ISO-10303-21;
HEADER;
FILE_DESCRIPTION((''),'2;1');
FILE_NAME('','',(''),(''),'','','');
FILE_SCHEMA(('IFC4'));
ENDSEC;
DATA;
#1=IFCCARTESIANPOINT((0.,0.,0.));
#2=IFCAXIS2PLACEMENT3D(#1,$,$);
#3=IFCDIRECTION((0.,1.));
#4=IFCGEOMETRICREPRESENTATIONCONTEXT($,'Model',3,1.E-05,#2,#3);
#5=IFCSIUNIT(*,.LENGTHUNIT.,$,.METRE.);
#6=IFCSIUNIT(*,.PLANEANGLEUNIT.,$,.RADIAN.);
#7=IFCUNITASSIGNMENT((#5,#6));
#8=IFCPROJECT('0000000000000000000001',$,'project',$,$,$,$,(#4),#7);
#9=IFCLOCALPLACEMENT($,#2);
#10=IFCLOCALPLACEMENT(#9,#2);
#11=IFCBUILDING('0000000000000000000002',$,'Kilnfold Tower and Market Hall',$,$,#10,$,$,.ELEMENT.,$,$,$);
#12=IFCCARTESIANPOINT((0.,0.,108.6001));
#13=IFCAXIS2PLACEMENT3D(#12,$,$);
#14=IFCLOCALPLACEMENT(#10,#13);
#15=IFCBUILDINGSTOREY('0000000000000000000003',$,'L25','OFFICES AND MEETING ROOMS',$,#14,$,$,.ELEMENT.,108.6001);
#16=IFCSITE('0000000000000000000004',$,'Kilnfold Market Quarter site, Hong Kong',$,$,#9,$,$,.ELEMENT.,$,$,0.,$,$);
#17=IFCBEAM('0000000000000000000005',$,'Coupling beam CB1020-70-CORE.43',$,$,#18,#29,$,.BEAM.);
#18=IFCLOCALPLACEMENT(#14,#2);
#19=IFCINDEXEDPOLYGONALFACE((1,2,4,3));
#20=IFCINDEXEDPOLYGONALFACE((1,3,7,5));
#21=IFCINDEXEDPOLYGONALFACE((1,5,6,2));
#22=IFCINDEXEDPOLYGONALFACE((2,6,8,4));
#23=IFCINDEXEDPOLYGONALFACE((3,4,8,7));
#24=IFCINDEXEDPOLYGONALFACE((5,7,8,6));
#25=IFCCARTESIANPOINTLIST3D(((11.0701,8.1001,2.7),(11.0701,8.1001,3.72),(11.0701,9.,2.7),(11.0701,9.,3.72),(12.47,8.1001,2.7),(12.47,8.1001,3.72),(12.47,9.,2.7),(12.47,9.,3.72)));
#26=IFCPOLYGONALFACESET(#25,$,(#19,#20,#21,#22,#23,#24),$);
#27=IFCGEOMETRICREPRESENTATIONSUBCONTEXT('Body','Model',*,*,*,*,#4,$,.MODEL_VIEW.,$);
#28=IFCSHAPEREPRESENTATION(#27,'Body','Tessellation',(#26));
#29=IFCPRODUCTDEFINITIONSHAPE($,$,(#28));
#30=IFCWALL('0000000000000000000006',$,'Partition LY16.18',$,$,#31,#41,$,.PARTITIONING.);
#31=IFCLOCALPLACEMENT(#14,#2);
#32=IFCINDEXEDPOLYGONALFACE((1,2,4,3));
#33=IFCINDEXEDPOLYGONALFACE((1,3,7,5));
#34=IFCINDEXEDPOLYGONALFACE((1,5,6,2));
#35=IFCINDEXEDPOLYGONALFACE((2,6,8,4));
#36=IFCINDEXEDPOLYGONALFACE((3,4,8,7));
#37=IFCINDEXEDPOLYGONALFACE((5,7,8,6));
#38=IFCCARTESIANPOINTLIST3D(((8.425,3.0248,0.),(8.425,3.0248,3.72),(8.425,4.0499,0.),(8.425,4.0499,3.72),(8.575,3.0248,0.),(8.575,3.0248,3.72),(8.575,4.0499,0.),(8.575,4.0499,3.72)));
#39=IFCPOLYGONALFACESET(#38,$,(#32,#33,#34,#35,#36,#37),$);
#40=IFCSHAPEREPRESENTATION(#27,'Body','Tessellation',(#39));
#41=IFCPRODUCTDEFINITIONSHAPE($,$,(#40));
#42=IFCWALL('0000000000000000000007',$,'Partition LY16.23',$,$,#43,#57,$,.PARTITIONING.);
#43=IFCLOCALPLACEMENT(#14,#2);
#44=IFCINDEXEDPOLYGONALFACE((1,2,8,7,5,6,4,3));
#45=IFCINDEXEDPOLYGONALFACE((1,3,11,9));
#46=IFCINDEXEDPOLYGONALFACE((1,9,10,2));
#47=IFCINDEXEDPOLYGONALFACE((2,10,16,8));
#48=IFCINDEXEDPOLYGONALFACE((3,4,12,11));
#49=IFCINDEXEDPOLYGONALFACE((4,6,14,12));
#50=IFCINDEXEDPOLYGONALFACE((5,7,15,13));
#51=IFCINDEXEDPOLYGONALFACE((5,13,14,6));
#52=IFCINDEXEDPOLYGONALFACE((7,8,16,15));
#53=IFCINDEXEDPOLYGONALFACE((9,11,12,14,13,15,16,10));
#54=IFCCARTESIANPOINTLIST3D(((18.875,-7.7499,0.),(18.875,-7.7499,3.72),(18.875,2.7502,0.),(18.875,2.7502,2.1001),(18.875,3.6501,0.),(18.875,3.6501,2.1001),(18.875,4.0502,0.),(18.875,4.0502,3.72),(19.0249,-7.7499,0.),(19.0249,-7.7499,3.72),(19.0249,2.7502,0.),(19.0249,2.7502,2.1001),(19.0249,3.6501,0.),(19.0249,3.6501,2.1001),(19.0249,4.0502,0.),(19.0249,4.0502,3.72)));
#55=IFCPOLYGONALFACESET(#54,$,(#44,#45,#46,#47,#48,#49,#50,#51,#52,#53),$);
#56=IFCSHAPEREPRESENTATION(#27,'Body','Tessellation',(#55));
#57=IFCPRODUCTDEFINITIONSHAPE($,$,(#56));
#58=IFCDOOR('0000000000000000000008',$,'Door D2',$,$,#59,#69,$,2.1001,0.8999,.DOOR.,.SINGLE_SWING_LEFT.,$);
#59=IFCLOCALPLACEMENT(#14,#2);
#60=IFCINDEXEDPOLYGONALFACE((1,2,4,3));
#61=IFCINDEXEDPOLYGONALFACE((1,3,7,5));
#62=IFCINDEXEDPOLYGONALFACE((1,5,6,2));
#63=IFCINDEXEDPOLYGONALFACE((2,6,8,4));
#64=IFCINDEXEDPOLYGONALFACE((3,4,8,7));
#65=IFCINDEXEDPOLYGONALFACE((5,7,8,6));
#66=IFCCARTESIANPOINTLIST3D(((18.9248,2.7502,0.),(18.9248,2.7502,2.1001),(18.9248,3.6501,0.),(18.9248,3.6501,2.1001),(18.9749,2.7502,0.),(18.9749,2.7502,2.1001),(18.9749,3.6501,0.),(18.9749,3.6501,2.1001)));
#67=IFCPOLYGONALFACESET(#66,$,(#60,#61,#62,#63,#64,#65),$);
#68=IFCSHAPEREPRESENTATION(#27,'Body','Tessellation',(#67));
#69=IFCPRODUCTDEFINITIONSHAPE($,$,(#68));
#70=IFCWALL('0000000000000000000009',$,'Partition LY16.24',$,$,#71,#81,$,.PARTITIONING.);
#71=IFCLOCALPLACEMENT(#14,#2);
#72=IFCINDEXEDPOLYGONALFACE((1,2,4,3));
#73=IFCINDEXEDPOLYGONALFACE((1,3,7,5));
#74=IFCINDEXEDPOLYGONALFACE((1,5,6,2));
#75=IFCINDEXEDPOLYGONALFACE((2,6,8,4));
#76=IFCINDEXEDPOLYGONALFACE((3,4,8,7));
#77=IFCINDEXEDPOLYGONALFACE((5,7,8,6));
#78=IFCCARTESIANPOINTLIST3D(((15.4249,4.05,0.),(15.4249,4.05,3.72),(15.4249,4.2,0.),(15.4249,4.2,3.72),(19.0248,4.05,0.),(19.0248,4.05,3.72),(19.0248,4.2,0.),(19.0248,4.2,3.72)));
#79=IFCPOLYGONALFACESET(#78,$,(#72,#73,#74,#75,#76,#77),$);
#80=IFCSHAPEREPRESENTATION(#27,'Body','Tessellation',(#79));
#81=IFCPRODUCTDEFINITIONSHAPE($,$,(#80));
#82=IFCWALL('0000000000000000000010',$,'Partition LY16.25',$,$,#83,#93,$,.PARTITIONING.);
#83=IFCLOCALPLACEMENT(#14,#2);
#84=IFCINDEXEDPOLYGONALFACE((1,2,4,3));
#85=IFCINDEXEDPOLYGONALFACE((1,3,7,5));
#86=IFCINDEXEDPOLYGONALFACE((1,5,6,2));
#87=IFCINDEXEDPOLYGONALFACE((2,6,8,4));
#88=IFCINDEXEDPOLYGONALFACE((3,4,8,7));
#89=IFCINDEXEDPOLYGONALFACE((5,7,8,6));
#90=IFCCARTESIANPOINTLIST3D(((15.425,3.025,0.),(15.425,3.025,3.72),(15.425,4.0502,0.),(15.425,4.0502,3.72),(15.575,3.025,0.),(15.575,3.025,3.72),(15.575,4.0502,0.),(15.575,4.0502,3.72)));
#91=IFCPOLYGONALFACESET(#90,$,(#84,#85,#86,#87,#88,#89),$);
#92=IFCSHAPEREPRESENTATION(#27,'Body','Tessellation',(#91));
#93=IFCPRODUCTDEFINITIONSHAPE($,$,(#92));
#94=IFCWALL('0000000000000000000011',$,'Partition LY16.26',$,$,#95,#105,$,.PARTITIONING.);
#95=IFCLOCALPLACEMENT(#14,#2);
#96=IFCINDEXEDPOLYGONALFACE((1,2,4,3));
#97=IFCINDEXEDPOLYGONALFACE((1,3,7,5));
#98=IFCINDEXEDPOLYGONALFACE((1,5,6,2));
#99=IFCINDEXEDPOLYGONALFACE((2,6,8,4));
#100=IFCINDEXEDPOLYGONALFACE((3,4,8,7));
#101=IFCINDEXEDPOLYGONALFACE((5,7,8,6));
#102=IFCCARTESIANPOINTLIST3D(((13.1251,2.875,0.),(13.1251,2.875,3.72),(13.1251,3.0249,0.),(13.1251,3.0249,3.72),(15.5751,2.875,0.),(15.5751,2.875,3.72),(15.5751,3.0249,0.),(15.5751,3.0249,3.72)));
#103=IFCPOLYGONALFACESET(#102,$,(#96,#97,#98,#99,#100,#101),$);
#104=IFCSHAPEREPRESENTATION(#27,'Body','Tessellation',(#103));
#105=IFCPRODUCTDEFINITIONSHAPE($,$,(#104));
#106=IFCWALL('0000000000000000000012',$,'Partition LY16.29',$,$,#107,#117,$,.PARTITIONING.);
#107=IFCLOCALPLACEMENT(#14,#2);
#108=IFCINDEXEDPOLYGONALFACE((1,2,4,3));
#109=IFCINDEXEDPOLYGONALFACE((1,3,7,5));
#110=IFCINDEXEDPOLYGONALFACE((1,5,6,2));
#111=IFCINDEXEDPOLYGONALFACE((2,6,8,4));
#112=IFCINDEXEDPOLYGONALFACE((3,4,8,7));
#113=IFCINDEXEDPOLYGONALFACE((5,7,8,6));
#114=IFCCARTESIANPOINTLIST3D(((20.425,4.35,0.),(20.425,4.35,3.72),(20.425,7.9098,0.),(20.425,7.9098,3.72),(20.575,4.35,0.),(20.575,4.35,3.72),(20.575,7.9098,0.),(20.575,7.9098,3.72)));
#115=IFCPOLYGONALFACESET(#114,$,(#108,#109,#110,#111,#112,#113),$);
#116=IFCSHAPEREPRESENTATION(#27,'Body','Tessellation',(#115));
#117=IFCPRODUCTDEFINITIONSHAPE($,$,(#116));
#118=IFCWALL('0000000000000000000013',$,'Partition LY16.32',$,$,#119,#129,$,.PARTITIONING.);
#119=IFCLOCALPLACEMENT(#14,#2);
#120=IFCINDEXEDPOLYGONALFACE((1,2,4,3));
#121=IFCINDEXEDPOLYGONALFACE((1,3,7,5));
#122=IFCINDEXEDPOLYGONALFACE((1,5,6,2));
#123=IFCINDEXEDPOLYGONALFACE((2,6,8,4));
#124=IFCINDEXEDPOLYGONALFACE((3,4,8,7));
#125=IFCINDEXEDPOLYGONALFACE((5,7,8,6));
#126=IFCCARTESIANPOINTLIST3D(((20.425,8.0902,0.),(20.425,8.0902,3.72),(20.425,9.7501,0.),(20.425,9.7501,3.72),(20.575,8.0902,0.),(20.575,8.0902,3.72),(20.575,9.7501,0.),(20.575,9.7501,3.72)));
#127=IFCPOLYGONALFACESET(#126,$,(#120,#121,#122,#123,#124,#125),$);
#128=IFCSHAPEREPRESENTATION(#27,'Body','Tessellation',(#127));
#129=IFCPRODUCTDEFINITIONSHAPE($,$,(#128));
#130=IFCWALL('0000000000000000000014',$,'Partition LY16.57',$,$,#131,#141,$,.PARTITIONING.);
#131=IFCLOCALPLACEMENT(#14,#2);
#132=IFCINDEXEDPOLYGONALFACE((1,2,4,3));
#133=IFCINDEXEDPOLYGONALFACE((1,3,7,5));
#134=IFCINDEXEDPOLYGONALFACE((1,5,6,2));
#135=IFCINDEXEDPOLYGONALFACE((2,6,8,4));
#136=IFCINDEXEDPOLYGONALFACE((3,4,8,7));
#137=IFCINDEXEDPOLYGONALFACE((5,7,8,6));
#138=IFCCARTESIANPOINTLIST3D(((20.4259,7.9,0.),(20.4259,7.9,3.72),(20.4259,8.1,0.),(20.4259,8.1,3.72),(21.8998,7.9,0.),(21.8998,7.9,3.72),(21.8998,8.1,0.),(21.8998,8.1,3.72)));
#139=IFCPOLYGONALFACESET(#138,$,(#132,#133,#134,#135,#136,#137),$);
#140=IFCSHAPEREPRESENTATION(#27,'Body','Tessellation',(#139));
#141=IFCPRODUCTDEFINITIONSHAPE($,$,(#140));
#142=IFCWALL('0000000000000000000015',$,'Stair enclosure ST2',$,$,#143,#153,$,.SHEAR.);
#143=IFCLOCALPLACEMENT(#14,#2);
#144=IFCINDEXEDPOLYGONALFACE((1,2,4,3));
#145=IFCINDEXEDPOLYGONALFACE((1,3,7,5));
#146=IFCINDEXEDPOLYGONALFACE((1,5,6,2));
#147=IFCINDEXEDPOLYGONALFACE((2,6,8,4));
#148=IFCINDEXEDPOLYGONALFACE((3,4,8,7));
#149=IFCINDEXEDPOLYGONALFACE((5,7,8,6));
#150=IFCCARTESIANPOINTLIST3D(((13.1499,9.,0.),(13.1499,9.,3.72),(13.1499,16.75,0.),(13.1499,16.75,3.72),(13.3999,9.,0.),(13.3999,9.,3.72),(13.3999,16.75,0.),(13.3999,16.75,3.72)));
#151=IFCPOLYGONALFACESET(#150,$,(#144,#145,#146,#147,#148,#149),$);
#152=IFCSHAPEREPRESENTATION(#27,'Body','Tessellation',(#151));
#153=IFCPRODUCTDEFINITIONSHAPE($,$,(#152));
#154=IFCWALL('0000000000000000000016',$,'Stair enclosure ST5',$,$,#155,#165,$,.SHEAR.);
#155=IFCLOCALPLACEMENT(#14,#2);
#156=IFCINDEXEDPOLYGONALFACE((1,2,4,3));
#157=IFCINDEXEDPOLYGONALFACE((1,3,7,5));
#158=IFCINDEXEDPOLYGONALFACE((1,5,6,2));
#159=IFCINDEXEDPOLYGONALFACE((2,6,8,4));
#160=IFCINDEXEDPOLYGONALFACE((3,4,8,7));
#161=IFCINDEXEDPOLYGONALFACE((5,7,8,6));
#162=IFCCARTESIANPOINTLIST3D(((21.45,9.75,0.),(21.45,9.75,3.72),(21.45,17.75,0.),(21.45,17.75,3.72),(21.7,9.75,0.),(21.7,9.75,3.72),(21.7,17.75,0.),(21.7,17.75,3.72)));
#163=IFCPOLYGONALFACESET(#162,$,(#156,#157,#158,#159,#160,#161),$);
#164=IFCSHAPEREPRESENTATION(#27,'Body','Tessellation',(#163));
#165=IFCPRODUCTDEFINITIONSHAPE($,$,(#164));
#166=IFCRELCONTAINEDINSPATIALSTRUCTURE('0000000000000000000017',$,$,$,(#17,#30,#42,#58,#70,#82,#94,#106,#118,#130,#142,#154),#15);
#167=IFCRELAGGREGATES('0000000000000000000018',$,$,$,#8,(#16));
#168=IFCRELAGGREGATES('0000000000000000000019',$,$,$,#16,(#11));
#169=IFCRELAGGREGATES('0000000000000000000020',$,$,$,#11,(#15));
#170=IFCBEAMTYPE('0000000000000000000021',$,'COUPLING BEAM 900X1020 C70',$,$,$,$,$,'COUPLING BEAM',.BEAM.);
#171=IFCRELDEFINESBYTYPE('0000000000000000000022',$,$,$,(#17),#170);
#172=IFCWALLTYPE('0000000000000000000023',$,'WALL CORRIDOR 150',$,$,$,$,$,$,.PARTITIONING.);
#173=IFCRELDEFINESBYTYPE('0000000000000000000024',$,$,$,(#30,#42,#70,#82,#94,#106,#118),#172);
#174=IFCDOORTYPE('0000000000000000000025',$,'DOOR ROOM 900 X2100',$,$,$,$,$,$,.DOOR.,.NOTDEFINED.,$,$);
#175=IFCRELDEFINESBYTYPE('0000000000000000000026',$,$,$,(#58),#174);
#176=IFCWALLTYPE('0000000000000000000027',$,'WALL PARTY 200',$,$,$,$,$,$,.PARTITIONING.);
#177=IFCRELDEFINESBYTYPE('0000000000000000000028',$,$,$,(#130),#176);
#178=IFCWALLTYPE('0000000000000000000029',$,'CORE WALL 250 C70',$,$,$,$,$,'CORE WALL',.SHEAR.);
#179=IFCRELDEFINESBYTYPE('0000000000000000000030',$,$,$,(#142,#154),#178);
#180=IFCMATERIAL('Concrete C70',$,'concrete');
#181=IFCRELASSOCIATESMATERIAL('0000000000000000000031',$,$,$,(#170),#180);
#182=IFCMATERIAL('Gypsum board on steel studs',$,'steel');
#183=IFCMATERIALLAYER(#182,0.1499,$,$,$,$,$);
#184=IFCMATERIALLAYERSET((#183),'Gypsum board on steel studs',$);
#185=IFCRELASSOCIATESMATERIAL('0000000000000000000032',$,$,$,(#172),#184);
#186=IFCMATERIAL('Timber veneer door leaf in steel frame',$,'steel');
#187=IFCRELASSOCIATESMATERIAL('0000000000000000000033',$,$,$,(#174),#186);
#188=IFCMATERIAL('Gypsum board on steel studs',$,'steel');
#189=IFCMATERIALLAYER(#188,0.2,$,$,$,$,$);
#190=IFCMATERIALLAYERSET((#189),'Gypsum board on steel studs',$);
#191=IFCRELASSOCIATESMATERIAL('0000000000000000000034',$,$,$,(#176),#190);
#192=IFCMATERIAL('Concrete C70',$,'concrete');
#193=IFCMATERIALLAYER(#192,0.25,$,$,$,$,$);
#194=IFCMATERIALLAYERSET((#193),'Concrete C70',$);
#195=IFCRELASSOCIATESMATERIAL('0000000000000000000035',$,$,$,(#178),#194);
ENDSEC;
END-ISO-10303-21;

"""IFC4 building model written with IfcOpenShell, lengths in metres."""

from ifc_helpers import new_model, si_unit, direction, frame, frame_2d, origin, origin_2d, place, context, subcontext, project, spatial, rectangle, extrude, source, transform, mapped, material, layer, layer_set, material_profile, profile_set, type_object, element, fill, save


model = new_model("IFC4")

# Units and contexts
model_context = context("Model", 3, precision=1e-05, world=origin(), true_north=direction((0.0, 1.0)))
body_context = subcontext(model_context, "Body", "Model", "MODEL_VIEW")
ifc_project = project(units=[si_unit("LENGTHUNIT", "METRE"), si_unit("PLANEANGLEUNIT", "RADIAN")], contexts=[model_context])

# Site, building, storey
site_placement = place(None, origin())
site = spatial("IfcSite", under=ifc_project, at=site_placement, Name="Kilnfold Market Quarter site, Hong Kong", CompositionType="ELEMENT", RefElevation=0.0)
building_placement = place(site_placement, origin())
building = spatial("IfcBuilding", under=site, at=building_placement, Name="Kilnfold Tower and Market Hall", CompositionType="ELEMENT")
storey_placement = place(building_placement, frame((0.0, 0.0, 108.6001)))
storey = spatial("IfcBuildingStorey", under=building, at=storey_placement, Name="L25", Description="OFFICES AND MEETING ROOMS", CompositionType="ELEMENT", Elevation=108.6001)

# Beam
ifc_material_1 = material(Name="Concrete C70", Category="concrete")
ifc_material_profile = material_profile(ifc_material_1, rectangle(XDim=0.8999, YDim=1.02, at=origin_2d()), Name="RC 900x1020")
ifc_profile_set = profile_set([ifc_material_profile], Name="Concrete C70")
beam_type = type_object("IfcBeamType", Name="COUPLING BEAM 900X1020 C70", ElementType="COUPLING BEAM", PredefinedType="BEAM", material=ifc_profile_set)
shared_shape_1 = source(origin(), body_context, "Body", "SweptSolid", [
    extrude(rectangle(XDim=0.8999, YDim=1.02, at=origin_2d()), origin(), (0.0, 0.0, 1.0), 1.3999),
])
beam_placement = place(storey_placement, frame((11.0701, 8.55, 3.21), z_axis=(1.0, 0.0, 0.0), x_axis=(0.0, 1.0, 0.0)))
element("IfcBeam", 1, at=beam_placement, inside=storey, type_object=beam_type, Name="Coupling beam CB1020-70-CORE.43", PredefinedType="BEAM", context=body_context, shape_type="MappedRepresentation", body=[
    mapped(shared_shape_1, transform((0.0, 0.0, 0.0))),
])

# Wall
ifc_material_2 = material(Name="Gypsum board on steel studs", Category="steel")
ifc_layer_1 = layer(ifc_material_2, 0.1499)
ifc_layer_set_1 = layer_set([ifc_layer_1], Name="Gypsum board on steel studs")
wall_type_1 = type_object("IfcWallType", Name="WALL CORRIDOR 150", PredefinedType="PARTITIONING", material=ifc_layer_set_1)
wall_1_placement = place(storey_placement, frame((8.5, 4.05, 0.0), z_axis=(0.0, 0.0, 1.0), x_axis=(0.0, -1.0, 0.0)))
element("IfcWall", 2, at=wall_1_placement, inside=storey, type_object=wall_type_1, Name="Partition LY16.18", PredefinedType="PARTITIONING", context=body_context, shape_type="SweptSolid", body=[
    extrude(rectangle(XDim=1.0251, YDim=0.1499, at=frame_2d((0.5127, 0.0))), origin(), (0.0, 0.0, 1.0), 3.72),
])

# Wall, opening, door
wall_2_placement = place(storey_placement, frame((18.95, 4.05, 0.0), z_axis=(0.0, 0.0, 1.0), x_axis=(0.0, -1.0, 0.0)))
wall_2 = element("IfcWall", 3, at=wall_2_placement, inside=storey, type_object=wall_type_1, Name="Partition LY16.23", PredefinedType="PARTITIONING", context=body_context, shape_type="SweptSolid", body=[
    extrude(rectangle(XDim=11.8, YDim=0.1499, at=frame_2d((5.8999, 0.0))), origin(), (0.0, 0.0, 1.0), 3.72),
])
opening_1_placement = place(wall_2_placement, frame((0.3999, 0.0, 0.0)))
opening_1 = element("IfcOpeningElement", 4, at=opening_1_placement, cuts=wall_2, PredefinedType="OPENING", context=body_context, shape_type="SweptSolid", body=[
    extrude(rectangle(XDim=0.8999, YDim=2.1001, at=frame_2d((0.45, 1.05))), frame((0.0, 0.085, 0.0), z_axis=(0.0, -1.0, 0.0), x_axis=(1.0, 0.0, 0.0)), (0.0, 0.0, 1.0), 0.1699),
])
ifc_material_3 = material(Name="Timber veneer door leaf in steel frame", Category="steel")
door_type_1 = type_object("IfcDoorType", Name="DOOR ROOM 900 X2100", OperationType="NOTDEFINED", PredefinedType="DOOR", material=ifc_material_3)
door_1_placement = place(opening_1_placement, origin())
door_1 = element("IfcDoor", 5, at=door_1_placement, inside=storey, type_object=door_type_1, Name="Door D2", OperationType="SINGLE_SWING_LEFT", OverallHeight=2.1001, OverallWidth=0.8999, PredefinedType="DOOR", context=body_context, shape_type="SweptSolid", body=[
    extrude(rectangle(XDim=0.8999, YDim=2.1001, at=frame_2d((0.45, 1.05))), frame((0.0, 0.0249, 0.0), z_axis=(0.0, -1.0, 0.0), x_axis=(1.0, 0.0, 0.0)), (0.0, 0.0, 1.0), 0.05),
])
fill(opening_1, door_1)

# Walls
wall_3_placement = place(storey_placement, frame((15.425, 4.125, 0.0), z_axis=(0.0, 0.0, 1.0), x_axis=(1.0, 0.0, 0.0)))
element("IfcWall", 6, at=wall_3_placement, inside=storey, type_object=wall_type_1, Name="Partition LY16.24", PredefinedType="PARTITIONING", context=body_context, shape_type="SweptSolid", body=[
    extrude(rectangle(XDim=3.5999, YDim=0.1499, at=frame_2d((1.7998, 0.0))), origin(), (0.0, 0.0, 1.0), 3.72),
])
wall_4_placement = place(storey_placement, frame((15.5, 3.0249, 0.0), z_axis=(0.0, 0.0, 1.0), x_axis=(0.0, 1.0, 0.0)))
element("IfcWall", 7, at=wall_4_placement, inside=storey, type_object=wall_type_1, Name="Partition LY16.25", PredefinedType="PARTITIONING", context=body_context, shape_type="SweptSolid", body=[
    extrude(rectangle(XDim=1.0251, YDim=0.1499, at=frame_2d((0.5127, 0.0))), origin(), (0.0, 0.0, 1.0), 3.72),
])
wall_5_placement = place(storey_placement, frame((13.125, 2.95, 0.0), z_axis=(0.0, 0.0, 1.0), x_axis=(1.0, 0.0, 0.0)))
element("IfcWall", 8, at=wall_5_placement, inside=storey, type_object=wall_type_1, Name="Partition LY16.26", PredefinedType="PARTITIONING", context=body_context, shape_type="SweptSolid", body=[
    extrude(rectangle(XDim=2.45, YDim=0.1499, at=frame_2d((1.2251, 0.0))), origin(), (0.0, 0.0, 1.0), 3.72),
])
wall_6_placement = place(storey_placement, frame((20.5, 4.3501, 0.0), z_axis=(0.0, 0.0, 1.0), x_axis=(0.0, 1.0, 0.0)))
element("IfcWall", 9, at=wall_6_placement, inside=storey, type_object=wall_type_1, Name="Partition LY16.29", PredefinedType="PARTITIONING", context=body_context, shape_type="SweptSolid", body=[
    extrude(rectangle(XDim=3.5598, YDim=0.1499, at=frame_2d((1.7798, 0.0))), origin(), (0.0, 0.0, 1.0), 3.72),
])
wall_7_placement = place(storey_placement, frame((20.5, 8.0901, 0.0), z_axis=(0.0, 0.0, 1.0), x_axis=(0.0, 1.0, 0.0)))
element("IfcWall", 10, at=wall_7_placement, inside=storey, type_object=wall_type_1, Name="Partition LY16.32", PredefinedType="PARTITIONING", context=body_context, shape_type="SweptSolid", body=[
    extrude(rectangle(XDim=1.6599, YDim=0.1499, at=frame_2d((0.8301, 0.0))), origin(), (0.0, 0.0, 1.0), 3.72),
])
ifc_material_4 = material(Name="Gypsum board on steel studs", Category="steel")
ifc_layer_2 = layer(ifc_material_4, 0.2)
ifc_layer_set_2 = layer_set([ifc_layer_2], Name="Gypsum board on steel studs")
wall_type_2 = type_object("IfcWallType", Name="WALL PARTY 200", PredefinedType="PARTITIONING", material=ifc_layer_set_2)
wall_8_placement = place(storey_placement, frame((20.426, 8.0, 0.0), z_axis=(0.0, 0.0, 1.0), x_axis=(1.0, 0.0, 0.0)))
element("IfcWall", 11, at=wall_8_placement, inside=storey, type_object=wall_type_2, Name="Partition LY16.57", PredefinedType="PARTITIONING", context=body_context, shape_type="SweptSolid", body=[
    extrude(rectangle(XDim=1.4739, YDim=0.2, at=frame_2d((0.7368, 0.0))), origin(), (0.0, 0.0, 1.0), 3.72),
])
ifc_material_5 = material(Name="Concrete C70", Category="concrete")
ifc_layer_3 = layer(ifc_material_5, 0.25)
ifc_layer_set_3 = layer_set([ifc_layer_3], Name="Concrete C70")
wall_type_3 = type_object("IfcWallType", Name="CORE WALL 250 C70", ElementType="CORE WALL", PredefinedType="SHEAR", material=ifc_layer_set_3)
shared_shape_2 = source(origin(), body_context, "Body", "SweptSolid", [
    extrude(rectangle(XDim=7.75, YDim=0.25, at=frame_2d((3.875, 0.0))), origin(), (0.0, 0.0, 1.0), 3.72),
])
wall_9_placement = place(storey_placement, frame((13.2749, 9.0, 0.0), z_axis=(0.0, 0.0, 1.0), x_axis=(0.0, 1.0, 0.0)))
element("IfcWall", 12, at=wall_9_placement, inside=storey, type_object=wall_type_3, Name="Stair enclosure ST2", PredefinedType="SHEAR", context=body_context, shape_type="MappedRepresentation", body=[
    mapped(shared_shape_2, transform((0.0, 0.0, 0.0))),
])
shared_shape_3 = source(origin(), body_context, "Body", "SweptSolid", [
    extrude(rectangle(XDim=8.0, YDim=0.25, at=frame_2d((4.0, 0.0))), origin(), (0.0, 0.0, 1.0), 3.72),
])
wall_10_placement = place(storey_placement, frame((21.575, 9.75, 0.0), z_axis=(0.0, 0.0, 1.0), x_axis=(0.0, 1.0, 0.0)))
element("IfcWall", 13, at=wall_10_placement, inside=storey, type_object=wall_type_3, Name="Stair enclosure ST5", PredefinedType="SHEAR", context=body_context, shape_type="MappedRepresentation", body=[
    mapped(shared_shape_3, transform((0.0, 0.0, 0.0))),
])

save(model, "model.ifc")
